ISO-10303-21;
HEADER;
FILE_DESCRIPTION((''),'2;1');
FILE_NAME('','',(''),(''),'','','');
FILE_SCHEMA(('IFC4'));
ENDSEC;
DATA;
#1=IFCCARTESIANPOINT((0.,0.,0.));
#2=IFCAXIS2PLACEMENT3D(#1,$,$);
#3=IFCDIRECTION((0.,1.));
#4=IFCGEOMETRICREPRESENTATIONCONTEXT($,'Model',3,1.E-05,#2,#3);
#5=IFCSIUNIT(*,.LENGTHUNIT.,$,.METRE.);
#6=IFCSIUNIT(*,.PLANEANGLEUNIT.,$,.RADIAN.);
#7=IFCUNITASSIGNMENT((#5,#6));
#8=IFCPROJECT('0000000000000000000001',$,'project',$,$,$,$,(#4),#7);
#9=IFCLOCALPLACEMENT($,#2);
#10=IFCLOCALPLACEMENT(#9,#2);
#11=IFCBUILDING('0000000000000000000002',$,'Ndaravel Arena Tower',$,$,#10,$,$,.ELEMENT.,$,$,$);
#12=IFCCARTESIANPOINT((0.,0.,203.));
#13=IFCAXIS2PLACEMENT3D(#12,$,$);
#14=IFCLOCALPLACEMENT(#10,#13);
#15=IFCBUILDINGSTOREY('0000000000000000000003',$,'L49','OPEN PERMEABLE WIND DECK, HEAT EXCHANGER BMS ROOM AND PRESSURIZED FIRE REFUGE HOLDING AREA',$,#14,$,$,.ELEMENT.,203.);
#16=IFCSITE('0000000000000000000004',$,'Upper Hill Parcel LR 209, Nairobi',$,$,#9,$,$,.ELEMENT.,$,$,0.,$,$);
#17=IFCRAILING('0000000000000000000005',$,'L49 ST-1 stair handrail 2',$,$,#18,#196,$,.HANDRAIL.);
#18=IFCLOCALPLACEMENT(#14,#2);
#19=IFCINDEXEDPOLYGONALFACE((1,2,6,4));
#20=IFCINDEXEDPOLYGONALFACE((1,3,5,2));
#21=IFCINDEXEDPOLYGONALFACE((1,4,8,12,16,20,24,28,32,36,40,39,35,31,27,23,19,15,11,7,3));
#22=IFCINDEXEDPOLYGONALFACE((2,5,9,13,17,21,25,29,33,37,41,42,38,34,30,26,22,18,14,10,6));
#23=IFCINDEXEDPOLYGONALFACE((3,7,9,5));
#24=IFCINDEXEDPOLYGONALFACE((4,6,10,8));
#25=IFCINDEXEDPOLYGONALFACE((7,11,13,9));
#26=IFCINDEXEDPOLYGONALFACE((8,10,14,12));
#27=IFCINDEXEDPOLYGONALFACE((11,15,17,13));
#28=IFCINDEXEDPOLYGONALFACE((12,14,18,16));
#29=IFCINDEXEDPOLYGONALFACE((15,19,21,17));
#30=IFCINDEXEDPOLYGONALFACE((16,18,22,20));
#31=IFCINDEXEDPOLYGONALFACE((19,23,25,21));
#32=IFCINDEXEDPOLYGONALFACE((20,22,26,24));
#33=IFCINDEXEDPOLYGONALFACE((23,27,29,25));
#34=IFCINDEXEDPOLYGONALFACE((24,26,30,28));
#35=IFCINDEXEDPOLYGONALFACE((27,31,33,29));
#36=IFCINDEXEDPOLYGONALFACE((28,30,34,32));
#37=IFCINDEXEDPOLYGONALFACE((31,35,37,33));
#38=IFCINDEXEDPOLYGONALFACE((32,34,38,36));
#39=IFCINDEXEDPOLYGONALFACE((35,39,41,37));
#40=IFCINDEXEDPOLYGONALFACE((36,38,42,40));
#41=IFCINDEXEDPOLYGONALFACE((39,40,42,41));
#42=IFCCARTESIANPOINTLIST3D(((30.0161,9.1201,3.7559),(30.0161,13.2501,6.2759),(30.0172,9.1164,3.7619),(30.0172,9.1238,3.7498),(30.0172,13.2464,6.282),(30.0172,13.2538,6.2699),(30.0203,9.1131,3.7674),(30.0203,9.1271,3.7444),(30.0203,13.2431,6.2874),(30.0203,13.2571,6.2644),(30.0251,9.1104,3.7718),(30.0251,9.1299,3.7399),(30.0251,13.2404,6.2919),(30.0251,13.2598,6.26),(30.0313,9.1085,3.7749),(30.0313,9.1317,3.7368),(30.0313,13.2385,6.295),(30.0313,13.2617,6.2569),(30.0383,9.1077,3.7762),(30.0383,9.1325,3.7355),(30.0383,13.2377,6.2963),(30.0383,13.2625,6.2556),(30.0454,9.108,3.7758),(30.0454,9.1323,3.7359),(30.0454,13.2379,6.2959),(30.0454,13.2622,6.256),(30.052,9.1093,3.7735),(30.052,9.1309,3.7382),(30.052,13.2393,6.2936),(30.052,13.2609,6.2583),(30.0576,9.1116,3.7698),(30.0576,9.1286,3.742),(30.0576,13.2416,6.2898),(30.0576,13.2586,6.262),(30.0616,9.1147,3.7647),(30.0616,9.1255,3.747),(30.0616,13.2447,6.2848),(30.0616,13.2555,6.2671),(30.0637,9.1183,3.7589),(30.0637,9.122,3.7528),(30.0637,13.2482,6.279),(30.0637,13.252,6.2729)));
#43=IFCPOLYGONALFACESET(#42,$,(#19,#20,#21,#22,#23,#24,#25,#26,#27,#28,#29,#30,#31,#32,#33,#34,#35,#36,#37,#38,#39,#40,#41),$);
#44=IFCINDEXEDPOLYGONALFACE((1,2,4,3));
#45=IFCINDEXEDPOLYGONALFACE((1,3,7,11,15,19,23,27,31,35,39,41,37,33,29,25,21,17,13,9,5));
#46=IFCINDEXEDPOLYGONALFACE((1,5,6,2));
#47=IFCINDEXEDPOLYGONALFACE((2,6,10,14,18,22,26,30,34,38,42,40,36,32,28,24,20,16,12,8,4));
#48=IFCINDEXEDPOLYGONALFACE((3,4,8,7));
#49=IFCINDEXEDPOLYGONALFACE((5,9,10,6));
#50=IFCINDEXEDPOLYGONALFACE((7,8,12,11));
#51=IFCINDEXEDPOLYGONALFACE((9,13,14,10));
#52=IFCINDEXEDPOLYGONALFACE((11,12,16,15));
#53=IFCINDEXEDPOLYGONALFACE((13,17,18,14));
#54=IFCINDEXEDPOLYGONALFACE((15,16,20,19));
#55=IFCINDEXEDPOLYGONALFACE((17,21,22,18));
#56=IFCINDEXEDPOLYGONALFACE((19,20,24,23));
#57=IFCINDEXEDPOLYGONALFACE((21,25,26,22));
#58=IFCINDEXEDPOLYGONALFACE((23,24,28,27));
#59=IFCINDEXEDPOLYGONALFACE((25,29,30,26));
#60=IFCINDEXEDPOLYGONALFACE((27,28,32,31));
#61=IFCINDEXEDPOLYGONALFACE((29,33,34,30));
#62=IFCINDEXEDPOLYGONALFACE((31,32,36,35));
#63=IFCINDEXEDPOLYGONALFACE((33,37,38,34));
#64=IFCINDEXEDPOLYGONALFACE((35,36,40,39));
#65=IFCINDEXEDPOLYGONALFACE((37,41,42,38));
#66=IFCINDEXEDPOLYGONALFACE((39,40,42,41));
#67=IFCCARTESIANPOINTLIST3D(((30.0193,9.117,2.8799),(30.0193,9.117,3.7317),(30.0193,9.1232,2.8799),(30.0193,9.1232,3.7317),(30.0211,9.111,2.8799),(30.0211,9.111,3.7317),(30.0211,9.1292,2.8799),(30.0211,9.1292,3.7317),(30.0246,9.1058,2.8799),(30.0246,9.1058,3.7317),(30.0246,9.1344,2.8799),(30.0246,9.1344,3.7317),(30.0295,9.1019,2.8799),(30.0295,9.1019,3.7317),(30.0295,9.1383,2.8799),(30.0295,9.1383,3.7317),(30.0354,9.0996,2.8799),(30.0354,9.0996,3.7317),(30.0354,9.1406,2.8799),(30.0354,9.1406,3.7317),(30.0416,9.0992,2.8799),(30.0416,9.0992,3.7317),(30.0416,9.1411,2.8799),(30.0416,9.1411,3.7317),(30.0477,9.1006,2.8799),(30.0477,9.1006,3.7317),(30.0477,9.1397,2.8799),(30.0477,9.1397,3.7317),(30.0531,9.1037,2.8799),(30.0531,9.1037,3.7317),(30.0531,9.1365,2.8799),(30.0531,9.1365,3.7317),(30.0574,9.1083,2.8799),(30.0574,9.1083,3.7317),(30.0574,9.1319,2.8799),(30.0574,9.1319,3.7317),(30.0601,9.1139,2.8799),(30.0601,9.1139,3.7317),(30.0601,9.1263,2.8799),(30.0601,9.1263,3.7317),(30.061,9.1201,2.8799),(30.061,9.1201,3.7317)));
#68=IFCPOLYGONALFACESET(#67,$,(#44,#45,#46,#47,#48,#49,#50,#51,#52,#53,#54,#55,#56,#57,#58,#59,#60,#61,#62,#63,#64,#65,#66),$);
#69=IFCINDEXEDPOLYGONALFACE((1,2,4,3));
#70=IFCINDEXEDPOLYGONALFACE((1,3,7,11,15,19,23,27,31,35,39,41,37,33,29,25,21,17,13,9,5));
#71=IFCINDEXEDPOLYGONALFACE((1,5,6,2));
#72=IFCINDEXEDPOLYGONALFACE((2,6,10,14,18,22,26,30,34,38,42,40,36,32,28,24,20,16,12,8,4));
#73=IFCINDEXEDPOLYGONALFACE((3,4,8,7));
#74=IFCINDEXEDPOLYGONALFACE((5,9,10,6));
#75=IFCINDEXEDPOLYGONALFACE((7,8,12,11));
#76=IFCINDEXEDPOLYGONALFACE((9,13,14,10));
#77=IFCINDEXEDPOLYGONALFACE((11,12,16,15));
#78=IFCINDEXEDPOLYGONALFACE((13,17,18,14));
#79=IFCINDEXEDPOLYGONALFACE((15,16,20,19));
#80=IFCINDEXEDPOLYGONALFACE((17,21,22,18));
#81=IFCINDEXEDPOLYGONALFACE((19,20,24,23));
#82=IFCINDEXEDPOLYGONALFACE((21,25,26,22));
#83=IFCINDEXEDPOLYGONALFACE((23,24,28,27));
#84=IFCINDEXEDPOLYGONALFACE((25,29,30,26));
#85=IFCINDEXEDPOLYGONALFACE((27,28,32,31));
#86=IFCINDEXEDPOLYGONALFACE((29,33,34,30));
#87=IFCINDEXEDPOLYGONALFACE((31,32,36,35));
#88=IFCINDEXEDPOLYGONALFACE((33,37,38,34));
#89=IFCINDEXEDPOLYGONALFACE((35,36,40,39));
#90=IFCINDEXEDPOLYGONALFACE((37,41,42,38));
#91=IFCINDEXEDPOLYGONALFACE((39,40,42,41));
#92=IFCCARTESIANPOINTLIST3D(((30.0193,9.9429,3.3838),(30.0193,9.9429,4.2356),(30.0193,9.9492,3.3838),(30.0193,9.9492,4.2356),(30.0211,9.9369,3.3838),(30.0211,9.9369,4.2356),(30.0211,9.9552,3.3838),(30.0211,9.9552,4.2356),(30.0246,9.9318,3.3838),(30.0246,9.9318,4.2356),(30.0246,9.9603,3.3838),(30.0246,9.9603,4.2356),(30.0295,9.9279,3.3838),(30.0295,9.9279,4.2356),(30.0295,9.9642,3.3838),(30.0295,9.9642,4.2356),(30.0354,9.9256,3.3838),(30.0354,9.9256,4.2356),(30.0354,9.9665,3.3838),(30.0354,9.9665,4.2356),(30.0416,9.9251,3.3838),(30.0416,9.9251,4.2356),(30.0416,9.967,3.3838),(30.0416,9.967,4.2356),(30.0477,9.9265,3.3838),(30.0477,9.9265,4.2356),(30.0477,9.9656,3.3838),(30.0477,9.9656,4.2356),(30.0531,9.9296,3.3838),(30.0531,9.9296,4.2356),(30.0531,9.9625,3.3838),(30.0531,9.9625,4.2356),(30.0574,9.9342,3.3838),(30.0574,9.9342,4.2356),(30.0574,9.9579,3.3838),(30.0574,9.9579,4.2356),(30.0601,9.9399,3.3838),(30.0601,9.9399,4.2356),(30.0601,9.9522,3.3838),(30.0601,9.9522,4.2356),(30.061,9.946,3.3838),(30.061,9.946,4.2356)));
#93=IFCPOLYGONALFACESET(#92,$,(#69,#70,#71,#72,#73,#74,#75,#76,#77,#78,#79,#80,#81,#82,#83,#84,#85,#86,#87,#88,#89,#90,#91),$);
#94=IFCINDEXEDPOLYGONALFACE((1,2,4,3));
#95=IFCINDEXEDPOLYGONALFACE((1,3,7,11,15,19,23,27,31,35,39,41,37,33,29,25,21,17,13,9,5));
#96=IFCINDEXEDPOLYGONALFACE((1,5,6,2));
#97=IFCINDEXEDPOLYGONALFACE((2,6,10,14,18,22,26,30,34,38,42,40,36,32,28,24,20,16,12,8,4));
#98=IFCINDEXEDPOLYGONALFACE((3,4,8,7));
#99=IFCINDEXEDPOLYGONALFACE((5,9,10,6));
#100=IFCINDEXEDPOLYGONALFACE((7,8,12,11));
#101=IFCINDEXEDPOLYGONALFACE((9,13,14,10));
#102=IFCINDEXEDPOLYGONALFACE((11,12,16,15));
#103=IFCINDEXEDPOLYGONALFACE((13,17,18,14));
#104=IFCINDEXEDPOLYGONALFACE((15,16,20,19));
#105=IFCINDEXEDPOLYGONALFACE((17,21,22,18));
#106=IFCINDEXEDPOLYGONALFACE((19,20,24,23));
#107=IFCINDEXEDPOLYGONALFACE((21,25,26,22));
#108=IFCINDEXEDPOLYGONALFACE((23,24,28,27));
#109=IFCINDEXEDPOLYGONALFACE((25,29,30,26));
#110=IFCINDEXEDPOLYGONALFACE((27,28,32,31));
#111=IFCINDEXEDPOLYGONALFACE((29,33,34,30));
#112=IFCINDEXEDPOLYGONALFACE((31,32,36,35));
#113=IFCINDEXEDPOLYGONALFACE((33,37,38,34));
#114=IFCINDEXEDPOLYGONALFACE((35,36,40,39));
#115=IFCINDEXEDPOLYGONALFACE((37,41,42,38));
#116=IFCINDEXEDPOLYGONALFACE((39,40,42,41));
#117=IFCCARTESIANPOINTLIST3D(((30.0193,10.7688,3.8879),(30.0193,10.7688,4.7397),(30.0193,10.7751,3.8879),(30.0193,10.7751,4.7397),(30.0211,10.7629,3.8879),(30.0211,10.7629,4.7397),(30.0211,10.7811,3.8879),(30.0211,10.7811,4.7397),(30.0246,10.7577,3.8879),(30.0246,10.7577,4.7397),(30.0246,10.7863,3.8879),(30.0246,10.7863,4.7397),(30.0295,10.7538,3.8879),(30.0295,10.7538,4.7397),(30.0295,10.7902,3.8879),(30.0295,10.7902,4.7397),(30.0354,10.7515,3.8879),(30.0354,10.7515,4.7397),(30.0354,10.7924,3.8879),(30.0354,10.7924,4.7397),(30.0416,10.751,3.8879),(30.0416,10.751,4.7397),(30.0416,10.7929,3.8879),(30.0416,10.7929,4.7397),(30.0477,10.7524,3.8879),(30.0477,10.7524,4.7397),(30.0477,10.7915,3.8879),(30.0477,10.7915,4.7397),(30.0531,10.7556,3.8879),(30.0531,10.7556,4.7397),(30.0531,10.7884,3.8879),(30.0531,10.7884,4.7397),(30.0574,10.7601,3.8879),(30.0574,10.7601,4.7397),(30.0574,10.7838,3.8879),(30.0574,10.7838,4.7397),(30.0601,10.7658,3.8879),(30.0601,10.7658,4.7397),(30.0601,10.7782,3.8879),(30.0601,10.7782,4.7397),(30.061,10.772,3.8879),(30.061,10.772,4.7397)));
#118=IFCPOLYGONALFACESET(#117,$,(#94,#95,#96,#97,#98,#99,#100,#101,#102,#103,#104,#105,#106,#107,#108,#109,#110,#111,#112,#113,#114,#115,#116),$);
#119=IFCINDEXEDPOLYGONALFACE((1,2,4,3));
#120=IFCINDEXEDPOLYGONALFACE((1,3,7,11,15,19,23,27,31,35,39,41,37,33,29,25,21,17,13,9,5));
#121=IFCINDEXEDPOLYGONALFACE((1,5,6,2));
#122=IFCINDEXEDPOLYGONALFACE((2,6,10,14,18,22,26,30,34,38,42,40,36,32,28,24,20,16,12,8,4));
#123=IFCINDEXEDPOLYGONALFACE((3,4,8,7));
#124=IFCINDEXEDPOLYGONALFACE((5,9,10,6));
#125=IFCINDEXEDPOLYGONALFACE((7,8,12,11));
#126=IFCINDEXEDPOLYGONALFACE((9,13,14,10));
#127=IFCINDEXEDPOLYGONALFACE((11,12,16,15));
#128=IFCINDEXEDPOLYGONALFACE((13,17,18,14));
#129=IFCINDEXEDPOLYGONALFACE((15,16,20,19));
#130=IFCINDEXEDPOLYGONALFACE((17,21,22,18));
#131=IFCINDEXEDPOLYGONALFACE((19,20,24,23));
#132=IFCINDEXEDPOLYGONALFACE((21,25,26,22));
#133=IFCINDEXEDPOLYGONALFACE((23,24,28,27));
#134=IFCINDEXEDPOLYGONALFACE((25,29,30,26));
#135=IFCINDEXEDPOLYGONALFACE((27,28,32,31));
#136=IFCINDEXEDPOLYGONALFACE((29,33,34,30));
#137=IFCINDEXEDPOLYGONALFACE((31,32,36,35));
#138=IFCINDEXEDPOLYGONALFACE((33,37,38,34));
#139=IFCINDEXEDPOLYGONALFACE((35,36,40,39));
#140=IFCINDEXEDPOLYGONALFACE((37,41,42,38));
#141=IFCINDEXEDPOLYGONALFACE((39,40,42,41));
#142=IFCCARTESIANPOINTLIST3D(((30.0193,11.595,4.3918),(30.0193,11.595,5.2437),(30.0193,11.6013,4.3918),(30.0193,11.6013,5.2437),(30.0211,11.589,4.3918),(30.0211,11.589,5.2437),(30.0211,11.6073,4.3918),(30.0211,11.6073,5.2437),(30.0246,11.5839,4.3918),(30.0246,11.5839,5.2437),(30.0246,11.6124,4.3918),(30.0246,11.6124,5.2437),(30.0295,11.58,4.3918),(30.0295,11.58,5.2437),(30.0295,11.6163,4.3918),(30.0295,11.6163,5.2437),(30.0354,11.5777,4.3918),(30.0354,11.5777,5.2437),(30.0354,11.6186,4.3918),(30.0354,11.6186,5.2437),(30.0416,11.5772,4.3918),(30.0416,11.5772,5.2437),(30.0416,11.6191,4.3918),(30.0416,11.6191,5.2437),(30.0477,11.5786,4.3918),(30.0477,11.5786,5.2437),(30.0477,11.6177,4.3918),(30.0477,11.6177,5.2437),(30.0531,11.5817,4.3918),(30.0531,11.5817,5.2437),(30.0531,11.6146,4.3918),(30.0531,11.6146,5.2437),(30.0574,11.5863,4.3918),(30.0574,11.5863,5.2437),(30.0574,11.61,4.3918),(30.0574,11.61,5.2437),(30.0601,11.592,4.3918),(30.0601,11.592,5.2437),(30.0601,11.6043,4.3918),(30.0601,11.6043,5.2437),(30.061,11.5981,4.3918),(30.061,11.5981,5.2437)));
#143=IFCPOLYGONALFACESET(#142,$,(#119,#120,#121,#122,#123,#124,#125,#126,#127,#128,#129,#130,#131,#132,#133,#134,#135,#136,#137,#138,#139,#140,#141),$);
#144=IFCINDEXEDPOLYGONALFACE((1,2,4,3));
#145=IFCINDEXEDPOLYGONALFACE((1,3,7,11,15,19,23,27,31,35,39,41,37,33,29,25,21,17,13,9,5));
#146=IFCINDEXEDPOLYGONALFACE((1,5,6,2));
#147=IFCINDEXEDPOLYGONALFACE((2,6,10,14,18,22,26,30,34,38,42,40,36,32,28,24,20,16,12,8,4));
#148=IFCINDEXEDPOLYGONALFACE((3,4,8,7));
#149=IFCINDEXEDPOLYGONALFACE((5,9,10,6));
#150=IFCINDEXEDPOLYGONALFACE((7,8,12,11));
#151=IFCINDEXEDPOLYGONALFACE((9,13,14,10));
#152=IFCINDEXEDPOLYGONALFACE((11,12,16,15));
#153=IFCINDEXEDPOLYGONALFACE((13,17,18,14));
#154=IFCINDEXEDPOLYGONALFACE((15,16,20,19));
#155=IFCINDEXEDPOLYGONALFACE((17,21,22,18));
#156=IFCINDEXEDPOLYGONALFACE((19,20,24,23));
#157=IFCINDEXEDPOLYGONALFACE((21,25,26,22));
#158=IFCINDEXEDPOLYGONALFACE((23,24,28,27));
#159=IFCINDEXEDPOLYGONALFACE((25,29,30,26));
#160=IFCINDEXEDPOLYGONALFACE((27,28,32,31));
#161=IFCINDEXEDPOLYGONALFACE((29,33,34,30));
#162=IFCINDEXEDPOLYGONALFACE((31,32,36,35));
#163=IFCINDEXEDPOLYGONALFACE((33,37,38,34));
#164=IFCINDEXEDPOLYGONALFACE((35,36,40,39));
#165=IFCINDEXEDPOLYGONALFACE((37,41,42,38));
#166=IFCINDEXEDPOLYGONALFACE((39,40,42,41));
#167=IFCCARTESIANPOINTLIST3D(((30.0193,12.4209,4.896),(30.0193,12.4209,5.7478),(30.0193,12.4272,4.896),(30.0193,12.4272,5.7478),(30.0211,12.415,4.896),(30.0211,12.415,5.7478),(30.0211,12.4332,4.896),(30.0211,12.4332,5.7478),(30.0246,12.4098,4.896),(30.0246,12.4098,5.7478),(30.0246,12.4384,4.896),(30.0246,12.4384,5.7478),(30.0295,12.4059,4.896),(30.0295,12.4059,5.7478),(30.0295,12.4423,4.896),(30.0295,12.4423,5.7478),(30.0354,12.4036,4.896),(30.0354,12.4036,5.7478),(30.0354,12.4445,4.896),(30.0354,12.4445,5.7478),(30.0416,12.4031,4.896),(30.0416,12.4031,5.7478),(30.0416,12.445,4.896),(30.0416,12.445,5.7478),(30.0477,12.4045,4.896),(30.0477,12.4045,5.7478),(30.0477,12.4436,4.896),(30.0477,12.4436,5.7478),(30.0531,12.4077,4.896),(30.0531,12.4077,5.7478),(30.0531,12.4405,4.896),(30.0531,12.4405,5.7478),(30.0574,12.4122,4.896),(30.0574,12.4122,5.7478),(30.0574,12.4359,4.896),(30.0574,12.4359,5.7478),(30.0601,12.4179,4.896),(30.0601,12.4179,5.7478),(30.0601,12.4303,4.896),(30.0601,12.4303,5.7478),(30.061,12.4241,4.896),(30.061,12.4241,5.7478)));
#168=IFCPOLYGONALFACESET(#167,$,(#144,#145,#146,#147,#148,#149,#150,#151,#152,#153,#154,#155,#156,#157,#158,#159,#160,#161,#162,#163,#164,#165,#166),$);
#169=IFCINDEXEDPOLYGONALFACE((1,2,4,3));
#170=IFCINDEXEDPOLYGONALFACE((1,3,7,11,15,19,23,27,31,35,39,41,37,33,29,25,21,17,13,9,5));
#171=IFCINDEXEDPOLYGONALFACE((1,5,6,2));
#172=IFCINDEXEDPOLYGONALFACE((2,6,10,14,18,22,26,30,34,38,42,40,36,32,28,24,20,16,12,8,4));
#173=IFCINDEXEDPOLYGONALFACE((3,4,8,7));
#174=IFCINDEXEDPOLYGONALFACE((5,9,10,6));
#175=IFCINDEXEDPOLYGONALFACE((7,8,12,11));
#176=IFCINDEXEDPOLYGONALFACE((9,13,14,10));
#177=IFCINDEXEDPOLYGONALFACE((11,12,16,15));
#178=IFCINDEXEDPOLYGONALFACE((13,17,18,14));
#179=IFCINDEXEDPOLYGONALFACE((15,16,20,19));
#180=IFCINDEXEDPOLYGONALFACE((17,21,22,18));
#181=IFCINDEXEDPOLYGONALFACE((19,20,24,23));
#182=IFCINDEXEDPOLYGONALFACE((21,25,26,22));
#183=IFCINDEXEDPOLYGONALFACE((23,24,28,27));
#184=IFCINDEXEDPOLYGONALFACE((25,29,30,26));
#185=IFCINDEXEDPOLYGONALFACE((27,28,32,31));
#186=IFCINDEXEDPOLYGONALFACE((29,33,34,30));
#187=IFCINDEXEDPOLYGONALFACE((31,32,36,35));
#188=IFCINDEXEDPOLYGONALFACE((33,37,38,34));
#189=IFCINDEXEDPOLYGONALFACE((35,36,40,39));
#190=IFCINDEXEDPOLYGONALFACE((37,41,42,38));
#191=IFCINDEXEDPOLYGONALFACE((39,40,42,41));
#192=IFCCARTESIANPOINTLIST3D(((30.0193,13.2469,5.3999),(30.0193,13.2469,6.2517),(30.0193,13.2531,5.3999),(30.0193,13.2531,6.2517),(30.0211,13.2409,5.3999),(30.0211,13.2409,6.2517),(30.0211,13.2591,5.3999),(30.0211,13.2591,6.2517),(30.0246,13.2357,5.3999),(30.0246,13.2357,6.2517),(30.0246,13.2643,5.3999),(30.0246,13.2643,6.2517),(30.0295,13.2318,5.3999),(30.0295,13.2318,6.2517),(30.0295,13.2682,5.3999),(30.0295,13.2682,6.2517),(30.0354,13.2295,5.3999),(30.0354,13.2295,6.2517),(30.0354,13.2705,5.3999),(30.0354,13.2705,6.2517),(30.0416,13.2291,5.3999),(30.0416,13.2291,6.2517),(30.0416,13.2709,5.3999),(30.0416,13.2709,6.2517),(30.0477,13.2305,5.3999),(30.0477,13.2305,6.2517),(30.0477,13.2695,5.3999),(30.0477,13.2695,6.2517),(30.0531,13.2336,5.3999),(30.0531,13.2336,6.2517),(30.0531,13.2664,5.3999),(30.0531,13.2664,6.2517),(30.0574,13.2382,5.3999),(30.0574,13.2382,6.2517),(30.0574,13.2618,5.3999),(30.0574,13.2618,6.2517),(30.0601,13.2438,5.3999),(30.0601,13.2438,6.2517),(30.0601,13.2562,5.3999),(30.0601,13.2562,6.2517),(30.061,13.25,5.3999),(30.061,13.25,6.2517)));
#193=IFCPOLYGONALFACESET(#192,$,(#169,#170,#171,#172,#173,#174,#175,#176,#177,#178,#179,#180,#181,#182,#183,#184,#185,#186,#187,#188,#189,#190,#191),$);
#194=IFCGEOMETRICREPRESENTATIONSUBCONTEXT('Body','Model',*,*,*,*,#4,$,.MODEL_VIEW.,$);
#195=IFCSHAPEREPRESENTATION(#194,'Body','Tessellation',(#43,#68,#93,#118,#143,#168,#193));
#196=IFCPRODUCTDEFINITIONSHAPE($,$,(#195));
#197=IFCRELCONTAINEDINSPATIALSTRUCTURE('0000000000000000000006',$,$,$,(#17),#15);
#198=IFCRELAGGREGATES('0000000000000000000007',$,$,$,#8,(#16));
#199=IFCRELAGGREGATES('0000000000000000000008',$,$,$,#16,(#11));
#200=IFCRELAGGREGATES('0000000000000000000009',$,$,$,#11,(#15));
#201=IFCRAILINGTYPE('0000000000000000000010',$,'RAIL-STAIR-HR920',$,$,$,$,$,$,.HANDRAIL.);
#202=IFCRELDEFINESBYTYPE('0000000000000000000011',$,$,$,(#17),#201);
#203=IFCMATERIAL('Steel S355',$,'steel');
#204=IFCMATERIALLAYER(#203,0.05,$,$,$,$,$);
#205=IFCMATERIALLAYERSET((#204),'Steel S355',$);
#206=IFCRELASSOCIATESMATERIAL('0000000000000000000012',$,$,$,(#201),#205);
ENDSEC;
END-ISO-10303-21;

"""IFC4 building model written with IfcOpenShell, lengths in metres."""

from ifc_helpers import new_model, si_unit, direction, frame, origin, origin_2d, place, context, subcontext, project, spatial, circle, extrude, material, layer, layer_set, type_object, element, save


model = new_model("IFC4")

# Units and contexts
model_context = context("Model", 3, precision=1e-05, world=origin(), true_north=direction((0.0, 1.0)))
body_context = subcontext(model_context, "Body", "Model", "MODEL_VIEW")
ifc_project = project(units=[si_unit("LENGTHUNIT", "METRE"), si_unit("PLANEANGLEUNIT", "RADIAN")], contexts=[model_context])

# Site, building, storey
site_placement = place(None, origin())
site = spatial("IfcSite", under=ifc_project, at=site_placement, Name="Upper Hill Parcel LR 209, Nairobi", CompositionType="ELEMENT", RefElevation=0.0)
building_placement = place(site_placement, origin())
building = spatial("IfcBuilding", under=site, at=building_placement, Name="Ndaravel Arena Tower", CompositionType="ELEMENT")
storey_placement = place(building_placement, frame((0.0, 0.0, 203.0)))
storey = spatial("IfcBuildingStorey", under=building, at=storey_placement, Name="L49", Description="OPEN PERMEABLE WIND DECK, HEAT EXCHANGER BMS ROOM AND PRESSURIZED FIRE REFUGE HOLDING AREA", CompositionType="ELEMENT", Elevation=203.0)

# Railing
ifc_material_1 = material(Name="Steel S355", Category="steel")
ifc_layer_1 = layer(ifc_material_1, 0.05)
ifc_layer_set_1 = layer_set([ifc_layer_1], Name="Steel S355")
railing_type_1 = type_object("IfcRailingType", Name="RAIL-STAIR-HR920", PredefinedType="HANDRAIL", material=ifc_layer_set_1)
railing_1_placement = place(storey_placement, frame((30.04, 9.1201, 2.8799)))
element("IfcRailing", 1, at=railing_1_placement, inside=storey, type_object=railing_type_1, Name="L49 ST-1 stair handrail 2", PredefinedType="HANDRAIL", context=body_context, shape_type="SweptSolid", body=[
    extrude(circle(Radius=0.0239, at=origin_2d()), frame((0.0, 0.0, 0.876), z_axis=(0.0, 0.853631, 0.520878), x_axis=(-1.0, 0.0, 0.0)), (0.0, 0.0, 1.0), 4.8381),
    extrude(circle(Radius=0.021, at=origin_2d()), origin(), (0.0, 0.0, 1.0), 0.8518),
    extrude(circle(Radius=0.021, at=origin_2d()), frame((0.0, 0.8259, 0.5039)), (0.0, 0.0, 1.0), 0.8518),
    extrude(circle(Radius=0.021, at=origin_2d()), frame((0.0, 1.6519, 1.0081)), (0.0, 0.0, 1.0), 0.8518),
    extrude(circle(Radius=0.021, at=origin_2d()), frame((0.0, 2.478, 1.512)), (0.0, 0.0, 1.0), 0.8518),
    extrude(circle(Radius=0.021, at=origin_2d()), frame((0.0, 3.304, 2.0161)), (0.0, 0.0, 1.0), 0.8518),
    extrude(circle(Radius=0.021, at=origin_2d()), frame((0.0, 4.1299, 2.52)), (0.0, 0.0, 1.0), 0.8518),
])

save(model, "model.ifc")
